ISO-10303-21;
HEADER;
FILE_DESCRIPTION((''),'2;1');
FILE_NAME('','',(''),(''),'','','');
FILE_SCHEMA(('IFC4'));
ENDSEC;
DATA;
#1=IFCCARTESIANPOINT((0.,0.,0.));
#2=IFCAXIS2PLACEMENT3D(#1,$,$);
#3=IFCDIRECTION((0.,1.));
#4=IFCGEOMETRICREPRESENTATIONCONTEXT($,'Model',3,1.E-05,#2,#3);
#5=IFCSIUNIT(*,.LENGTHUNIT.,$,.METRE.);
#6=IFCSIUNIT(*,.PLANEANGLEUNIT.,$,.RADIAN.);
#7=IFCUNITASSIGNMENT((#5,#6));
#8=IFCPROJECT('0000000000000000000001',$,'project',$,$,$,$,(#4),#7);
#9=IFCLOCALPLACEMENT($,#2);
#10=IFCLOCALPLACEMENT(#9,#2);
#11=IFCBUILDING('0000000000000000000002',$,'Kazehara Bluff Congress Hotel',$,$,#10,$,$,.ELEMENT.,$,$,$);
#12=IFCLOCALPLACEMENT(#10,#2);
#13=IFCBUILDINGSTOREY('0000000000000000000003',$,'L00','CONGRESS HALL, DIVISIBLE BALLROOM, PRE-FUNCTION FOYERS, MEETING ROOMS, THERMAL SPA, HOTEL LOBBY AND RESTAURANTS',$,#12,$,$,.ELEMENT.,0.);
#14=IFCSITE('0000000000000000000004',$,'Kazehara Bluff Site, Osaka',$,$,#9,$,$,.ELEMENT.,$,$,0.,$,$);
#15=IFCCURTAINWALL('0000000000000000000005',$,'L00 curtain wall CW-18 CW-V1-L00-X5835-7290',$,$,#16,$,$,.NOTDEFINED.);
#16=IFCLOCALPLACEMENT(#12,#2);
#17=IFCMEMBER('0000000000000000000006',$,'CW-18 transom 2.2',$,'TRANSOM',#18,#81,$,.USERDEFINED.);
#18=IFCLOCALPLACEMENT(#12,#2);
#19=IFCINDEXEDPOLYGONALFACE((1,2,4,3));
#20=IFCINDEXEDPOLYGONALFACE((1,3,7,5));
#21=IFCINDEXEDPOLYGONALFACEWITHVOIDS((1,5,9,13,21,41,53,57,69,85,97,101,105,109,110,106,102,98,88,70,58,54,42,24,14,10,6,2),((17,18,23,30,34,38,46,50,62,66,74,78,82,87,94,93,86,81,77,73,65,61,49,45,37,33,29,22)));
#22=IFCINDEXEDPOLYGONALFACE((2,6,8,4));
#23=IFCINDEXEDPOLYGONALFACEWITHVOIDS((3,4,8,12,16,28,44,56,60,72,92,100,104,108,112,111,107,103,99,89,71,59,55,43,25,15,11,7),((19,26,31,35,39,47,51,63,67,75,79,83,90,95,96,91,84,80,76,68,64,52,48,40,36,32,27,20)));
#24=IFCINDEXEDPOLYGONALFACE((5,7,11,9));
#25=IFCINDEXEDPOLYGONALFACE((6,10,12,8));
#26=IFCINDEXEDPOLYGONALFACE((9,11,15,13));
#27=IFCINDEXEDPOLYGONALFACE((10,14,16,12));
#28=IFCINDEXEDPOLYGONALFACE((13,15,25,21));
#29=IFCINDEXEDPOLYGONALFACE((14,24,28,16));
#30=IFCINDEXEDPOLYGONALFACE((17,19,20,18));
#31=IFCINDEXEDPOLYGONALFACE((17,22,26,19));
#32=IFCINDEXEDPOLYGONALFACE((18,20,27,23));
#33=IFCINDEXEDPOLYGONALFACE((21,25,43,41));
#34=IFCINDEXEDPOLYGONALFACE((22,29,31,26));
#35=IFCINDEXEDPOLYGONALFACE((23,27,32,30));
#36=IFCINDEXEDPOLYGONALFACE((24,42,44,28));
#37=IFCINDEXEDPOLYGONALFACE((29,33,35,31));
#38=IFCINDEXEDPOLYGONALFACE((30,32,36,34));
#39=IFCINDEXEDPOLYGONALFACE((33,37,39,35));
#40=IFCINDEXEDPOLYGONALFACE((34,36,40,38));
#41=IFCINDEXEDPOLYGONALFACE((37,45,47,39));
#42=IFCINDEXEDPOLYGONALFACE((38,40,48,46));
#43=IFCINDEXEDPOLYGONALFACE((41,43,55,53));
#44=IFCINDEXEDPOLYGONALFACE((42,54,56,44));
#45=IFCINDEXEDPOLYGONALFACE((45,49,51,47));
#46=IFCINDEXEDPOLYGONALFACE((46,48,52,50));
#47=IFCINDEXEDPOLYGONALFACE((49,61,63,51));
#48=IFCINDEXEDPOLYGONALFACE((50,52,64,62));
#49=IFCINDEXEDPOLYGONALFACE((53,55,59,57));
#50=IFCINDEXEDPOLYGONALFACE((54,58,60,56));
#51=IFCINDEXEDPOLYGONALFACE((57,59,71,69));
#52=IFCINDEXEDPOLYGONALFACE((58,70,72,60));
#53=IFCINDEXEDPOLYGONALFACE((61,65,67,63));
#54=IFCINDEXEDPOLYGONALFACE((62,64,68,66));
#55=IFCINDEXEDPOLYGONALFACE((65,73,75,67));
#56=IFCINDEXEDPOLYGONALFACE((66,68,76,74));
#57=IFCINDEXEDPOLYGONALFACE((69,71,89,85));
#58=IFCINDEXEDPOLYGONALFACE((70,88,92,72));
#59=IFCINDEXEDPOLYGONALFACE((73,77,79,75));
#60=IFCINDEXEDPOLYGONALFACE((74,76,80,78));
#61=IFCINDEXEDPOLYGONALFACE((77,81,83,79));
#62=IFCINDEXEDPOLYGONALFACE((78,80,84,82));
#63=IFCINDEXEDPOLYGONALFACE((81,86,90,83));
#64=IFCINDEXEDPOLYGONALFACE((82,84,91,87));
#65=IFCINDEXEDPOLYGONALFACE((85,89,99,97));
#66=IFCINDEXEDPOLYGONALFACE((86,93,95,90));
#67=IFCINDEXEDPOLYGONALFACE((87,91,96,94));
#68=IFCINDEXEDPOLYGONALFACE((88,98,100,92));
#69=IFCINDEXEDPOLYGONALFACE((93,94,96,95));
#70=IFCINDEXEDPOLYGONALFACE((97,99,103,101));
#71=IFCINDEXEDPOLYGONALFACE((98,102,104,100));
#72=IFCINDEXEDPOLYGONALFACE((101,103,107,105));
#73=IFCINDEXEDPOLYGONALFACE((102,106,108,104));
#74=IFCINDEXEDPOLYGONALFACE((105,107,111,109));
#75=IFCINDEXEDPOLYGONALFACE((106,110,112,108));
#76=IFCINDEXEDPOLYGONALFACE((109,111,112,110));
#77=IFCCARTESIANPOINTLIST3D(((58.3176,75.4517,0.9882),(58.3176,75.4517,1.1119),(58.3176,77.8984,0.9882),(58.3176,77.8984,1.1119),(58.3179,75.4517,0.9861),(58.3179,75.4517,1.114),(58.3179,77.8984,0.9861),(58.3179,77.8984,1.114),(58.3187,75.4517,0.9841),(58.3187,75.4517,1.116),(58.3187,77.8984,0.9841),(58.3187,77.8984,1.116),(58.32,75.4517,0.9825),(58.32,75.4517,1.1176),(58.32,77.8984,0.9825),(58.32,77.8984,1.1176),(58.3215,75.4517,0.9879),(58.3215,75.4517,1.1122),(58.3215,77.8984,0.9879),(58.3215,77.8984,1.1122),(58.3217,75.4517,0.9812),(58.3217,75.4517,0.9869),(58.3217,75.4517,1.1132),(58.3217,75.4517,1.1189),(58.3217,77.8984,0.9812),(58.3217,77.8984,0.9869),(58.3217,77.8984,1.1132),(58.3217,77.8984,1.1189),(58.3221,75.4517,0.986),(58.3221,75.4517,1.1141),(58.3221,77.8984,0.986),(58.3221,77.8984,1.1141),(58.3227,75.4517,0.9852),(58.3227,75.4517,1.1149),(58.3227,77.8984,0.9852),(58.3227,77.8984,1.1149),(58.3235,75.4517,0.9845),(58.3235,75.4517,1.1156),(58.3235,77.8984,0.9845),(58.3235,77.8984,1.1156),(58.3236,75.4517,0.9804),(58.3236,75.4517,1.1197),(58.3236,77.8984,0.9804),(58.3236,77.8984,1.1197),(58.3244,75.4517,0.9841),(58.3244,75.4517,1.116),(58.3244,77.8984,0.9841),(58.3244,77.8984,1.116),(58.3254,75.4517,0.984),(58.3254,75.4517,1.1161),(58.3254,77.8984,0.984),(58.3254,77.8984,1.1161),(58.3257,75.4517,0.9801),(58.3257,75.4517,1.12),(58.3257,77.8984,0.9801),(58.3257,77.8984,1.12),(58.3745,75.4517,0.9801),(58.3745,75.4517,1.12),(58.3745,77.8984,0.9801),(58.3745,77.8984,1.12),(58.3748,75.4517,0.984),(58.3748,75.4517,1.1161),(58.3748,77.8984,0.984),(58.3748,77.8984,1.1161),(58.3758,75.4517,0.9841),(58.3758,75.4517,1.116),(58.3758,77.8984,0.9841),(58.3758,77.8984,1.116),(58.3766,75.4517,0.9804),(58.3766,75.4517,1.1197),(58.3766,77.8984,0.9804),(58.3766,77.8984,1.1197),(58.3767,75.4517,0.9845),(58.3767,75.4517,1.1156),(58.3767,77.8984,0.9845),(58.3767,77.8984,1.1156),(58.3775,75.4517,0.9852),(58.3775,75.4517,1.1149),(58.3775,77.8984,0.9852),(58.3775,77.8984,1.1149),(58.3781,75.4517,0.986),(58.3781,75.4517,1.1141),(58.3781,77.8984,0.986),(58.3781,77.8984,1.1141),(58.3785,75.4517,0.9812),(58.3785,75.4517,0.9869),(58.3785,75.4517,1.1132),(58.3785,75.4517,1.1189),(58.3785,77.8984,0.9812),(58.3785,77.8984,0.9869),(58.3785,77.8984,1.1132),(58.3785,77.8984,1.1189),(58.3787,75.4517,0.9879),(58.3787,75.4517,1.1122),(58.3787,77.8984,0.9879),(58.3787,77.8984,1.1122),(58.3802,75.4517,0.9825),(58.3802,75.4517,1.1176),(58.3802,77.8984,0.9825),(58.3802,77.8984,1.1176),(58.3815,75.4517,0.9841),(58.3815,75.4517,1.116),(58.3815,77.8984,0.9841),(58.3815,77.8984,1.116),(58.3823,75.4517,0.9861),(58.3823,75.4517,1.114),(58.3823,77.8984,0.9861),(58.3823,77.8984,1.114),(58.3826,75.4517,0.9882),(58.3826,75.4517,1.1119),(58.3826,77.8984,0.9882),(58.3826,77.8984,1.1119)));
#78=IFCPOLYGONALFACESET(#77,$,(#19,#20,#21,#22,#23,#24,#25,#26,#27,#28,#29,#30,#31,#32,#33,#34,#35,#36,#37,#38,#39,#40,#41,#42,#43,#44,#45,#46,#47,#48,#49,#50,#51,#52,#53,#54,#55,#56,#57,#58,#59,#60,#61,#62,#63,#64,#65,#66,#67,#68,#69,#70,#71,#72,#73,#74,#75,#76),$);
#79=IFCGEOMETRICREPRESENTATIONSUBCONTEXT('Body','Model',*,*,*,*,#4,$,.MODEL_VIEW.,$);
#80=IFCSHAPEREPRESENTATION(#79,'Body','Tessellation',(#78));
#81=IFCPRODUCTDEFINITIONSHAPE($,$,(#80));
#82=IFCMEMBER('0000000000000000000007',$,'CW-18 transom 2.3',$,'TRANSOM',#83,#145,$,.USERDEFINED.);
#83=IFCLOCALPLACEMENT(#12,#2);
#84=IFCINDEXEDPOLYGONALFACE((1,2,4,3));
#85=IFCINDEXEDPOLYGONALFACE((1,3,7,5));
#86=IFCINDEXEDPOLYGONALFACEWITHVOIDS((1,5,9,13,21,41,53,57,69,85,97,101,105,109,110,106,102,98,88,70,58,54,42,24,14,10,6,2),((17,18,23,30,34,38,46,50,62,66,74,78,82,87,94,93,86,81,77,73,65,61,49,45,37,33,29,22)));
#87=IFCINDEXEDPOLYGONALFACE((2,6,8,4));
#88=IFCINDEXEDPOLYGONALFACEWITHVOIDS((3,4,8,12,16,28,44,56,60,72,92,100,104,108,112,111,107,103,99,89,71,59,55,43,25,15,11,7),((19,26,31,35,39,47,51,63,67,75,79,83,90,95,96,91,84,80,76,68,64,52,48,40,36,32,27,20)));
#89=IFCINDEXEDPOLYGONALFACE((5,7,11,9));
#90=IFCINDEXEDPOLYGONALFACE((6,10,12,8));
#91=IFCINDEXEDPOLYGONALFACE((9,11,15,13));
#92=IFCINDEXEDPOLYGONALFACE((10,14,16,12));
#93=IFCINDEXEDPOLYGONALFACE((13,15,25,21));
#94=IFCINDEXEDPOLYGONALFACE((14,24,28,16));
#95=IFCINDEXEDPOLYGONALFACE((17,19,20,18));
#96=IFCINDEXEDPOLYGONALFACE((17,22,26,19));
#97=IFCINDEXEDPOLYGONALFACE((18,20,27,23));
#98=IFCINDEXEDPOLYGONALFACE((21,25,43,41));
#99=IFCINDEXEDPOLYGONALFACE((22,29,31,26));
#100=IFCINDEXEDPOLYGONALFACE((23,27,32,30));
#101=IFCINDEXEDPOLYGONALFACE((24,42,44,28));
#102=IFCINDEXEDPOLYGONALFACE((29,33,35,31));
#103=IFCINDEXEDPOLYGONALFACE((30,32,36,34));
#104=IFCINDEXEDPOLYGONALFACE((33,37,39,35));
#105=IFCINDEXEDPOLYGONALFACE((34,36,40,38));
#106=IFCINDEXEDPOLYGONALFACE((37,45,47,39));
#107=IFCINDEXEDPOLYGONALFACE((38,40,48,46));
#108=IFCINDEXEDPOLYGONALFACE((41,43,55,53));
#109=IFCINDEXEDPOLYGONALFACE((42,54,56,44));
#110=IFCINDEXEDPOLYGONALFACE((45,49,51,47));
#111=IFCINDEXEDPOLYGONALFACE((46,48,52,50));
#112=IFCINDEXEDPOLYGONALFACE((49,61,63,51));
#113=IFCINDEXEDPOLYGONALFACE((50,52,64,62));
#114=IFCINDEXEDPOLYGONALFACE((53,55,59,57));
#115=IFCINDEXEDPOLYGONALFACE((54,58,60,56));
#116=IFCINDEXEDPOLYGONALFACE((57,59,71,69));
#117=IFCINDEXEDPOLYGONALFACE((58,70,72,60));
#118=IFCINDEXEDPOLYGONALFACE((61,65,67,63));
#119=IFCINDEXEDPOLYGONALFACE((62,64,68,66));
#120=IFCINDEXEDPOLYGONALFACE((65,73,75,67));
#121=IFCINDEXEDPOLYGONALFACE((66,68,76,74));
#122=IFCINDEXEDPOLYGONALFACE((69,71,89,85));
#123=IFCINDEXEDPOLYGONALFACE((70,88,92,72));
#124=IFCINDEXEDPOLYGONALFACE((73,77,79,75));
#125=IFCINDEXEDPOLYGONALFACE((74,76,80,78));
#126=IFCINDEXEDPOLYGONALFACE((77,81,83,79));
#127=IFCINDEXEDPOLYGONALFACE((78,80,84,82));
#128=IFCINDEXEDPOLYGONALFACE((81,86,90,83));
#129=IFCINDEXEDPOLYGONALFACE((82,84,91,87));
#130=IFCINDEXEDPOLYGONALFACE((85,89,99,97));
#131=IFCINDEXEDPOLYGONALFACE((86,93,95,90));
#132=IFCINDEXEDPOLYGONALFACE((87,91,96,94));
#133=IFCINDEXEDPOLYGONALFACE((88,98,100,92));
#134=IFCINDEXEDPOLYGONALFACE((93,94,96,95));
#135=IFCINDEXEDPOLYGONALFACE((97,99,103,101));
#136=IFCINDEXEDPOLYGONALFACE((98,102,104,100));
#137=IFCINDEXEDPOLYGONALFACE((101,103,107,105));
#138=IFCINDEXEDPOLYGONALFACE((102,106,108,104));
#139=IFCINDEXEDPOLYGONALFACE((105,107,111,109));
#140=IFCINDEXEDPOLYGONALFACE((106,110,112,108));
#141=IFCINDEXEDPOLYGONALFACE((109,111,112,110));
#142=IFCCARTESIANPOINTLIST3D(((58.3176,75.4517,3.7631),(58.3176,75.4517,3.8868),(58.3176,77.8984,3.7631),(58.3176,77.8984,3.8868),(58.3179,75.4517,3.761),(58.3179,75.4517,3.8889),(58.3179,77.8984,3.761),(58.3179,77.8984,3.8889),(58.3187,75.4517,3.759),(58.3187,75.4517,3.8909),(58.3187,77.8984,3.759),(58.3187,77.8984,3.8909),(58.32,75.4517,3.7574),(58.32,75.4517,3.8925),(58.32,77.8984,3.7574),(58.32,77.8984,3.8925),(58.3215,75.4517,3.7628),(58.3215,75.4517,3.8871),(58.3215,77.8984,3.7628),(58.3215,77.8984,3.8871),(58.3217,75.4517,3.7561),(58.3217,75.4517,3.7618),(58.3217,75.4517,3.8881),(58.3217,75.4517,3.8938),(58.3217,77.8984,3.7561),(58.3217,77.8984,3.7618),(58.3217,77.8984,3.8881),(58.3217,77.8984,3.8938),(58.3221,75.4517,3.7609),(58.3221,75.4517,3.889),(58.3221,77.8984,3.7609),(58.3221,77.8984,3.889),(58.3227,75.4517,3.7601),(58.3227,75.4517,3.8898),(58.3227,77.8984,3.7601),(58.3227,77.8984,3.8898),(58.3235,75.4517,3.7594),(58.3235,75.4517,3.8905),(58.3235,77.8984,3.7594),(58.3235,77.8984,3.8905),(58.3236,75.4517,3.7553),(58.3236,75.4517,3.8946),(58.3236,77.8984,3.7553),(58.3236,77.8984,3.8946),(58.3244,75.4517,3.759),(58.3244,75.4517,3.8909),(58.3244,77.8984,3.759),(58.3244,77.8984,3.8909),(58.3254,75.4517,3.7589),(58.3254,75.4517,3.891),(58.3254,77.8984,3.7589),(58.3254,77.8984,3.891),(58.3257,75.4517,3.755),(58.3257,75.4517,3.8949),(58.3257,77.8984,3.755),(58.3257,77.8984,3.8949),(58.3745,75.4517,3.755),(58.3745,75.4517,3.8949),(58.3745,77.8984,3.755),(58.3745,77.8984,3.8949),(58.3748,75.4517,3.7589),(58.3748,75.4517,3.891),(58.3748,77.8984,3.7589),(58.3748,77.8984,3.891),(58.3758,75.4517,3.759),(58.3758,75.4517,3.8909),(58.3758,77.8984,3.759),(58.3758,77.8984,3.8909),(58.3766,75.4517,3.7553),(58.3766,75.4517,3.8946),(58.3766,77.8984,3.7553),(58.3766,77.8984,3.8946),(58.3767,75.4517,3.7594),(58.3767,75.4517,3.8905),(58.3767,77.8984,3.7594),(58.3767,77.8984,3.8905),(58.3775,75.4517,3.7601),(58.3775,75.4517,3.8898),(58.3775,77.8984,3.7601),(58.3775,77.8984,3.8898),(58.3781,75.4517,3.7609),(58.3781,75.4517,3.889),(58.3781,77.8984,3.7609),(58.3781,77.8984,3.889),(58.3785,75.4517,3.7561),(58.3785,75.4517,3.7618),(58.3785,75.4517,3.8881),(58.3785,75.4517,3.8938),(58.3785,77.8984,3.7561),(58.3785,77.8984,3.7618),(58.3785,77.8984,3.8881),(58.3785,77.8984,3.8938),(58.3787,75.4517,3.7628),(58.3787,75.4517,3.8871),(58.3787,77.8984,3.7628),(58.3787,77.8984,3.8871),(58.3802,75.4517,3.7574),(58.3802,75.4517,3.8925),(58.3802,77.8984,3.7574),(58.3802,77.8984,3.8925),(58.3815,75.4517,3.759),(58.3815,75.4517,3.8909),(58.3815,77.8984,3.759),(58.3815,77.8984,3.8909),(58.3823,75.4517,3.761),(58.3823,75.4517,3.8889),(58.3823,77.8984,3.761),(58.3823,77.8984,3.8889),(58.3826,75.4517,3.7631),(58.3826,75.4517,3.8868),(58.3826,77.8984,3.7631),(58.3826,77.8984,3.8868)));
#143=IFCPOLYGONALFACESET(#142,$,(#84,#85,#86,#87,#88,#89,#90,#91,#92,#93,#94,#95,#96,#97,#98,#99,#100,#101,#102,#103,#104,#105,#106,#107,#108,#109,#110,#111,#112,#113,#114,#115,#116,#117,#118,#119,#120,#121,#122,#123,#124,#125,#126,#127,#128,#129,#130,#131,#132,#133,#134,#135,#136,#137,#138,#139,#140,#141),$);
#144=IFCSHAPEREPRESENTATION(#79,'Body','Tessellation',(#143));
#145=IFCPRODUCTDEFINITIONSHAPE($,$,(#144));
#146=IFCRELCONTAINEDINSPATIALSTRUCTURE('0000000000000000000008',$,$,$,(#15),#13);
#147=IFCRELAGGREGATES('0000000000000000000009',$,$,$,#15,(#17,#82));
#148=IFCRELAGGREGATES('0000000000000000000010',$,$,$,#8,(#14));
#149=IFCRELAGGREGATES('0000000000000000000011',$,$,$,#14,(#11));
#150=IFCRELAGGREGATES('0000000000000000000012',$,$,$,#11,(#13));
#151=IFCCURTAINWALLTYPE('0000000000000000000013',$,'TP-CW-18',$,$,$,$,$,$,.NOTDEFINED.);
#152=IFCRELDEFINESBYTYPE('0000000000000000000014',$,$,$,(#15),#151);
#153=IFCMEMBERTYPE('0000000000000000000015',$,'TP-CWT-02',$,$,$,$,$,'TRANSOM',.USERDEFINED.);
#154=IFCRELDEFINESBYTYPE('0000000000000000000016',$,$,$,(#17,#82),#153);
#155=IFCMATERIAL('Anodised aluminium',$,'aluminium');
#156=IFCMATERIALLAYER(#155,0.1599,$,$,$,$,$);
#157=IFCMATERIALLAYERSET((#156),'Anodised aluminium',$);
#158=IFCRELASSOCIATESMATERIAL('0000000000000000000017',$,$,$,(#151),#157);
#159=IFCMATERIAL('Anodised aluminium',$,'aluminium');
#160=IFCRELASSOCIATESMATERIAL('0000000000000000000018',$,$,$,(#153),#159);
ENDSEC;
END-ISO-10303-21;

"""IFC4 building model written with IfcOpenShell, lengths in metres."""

from ifc_helpers import new_model, si_unit, direction, frame, origin, origin_2d, place, context, subcontext, project, spatial, hollow_rectangle, extrude, material, layer, layer_set, material_profile, profile_set, type_object, element, aggregate, save


model = new_model("IFC4")

# Units and contexts
model_context = context("Model", 3, precision=1e-05, world=origin(), true_north=direction((0.0, 1.0)))
body_context = subcontext(model_context, "Body", "Model", "MODEL_VIEW")
ifc_project = project(units=[si_unit("LENGTHUNIT", "METRE"), si_unit("PLANEANGLEUNIT", "RADIAN")], contexts=[model_context])

# Site, building, storey
site_placement = place(None, origin())
site = spatial("IfcSite", under=ifc_project, at=site_placement, Name="Kazehara Bluff Site, Osaka", CompositionType="ELEMENT", RefElevation=0.0)
building_placement = place(site_placement, origin())
building = spatial("IfcBuilding", under=site, at=building_placement, Name="Kazehara Bluff Congress Hotel", CompositionType="ELEMENT")
storey_placement = place(building_placement, origin())
storey = spatial("IfcBuildingStorey", under=building, at=storey_placement, Name="L00", Description="CONGRESS HALL, DIVISIBLE BALLROOM, PRE-FUNCTION FOYERS, MEETING ROOMS, THERMAL SPA, HOTEL LOBBY AND RESTAURANTS", CompositionType="ELEMENT", Elevation=0.0)

# Curtain wall
ifc_material_1 = material(Name="Anodised aluminium", Category="aluminium")
ifc_layer_1 = layer(ifc_material_1, 0.1599)
ifc_layer_set_1 = layer_set([ifc_layer_1], Name="Anodised aluminium")
curtain_wall_type_1 = type_object("IfcCurtainWallType", Name="TP-CW-18", PredefinedType="NOTDEFINED", material=ifc_layer_set_1)
curtain_wall_1_placement = place(storey_placement, origin())
curtain_wall_1 = element("IfcCurtainWall", 1, at=curtain_wall_1_placement, inside=storey, type_object=curtain_wall_type_1, Name="L00 curtain wall CW-18 CW-V1-L00-X5835-7290", PredefinedType="NOTDEFINED")

# Members
ifc_material_2 = material(Name="Anodised aluminium", Category="aluminium")
ifc_material_profile_1 = material_profile(ifc_material_2, hollow_rectangle(XDim=0.0649, YDim=0.1399, WallThickness=0.0039, InnerFilletRadius=0.0039, OuterFilletRadius=0.0081, at=origin_2d()))
ifc_profile_set_1 = profile_set([ifc_material_profile_1], Name="Anodised aluminium")
member_type_1 = type_object("IfcMemberType", Name="TP-CWT-02", ElementType="TRANSOM", PredefinedType="USERDEFINED", material=ifc_profile_set_1)
member_1_placement = place(storey_placement, frame((58.3501, 75.4517, 1.05), z_axis=(0.0, 1.0, 0.0), x_axis=(-1.0, 0.0, 0.0)))
member_1 = element("IfcMember", 2, at=member_1_placement, type_object=member_type_1, Name="CW-18 transom 2.2", ObjectType="TRANSOM", PredefinedType="USERDEFINED", context=body_context, shape_type="SweptSolid", body=[
    extrude(hollow_rectangle(XDim=0.0649, YDim=0.1399, WallThickness=0.0039, InnerFilletRadius=0.0039, OuterFilletRadius=0.0081, at=origin_2d()), origin(), (0.0, 0.0, 1.0), 2.4468),
])
member_2_placement = place(storey_placement, frame((58.3501, 75.4517, 3.825), z_axis=(0.0, 1.0, 0.0), x_axis=(-1.0, 0.0, 0.0)))
member_2 = element("IfcMember", 3, at=member_2_placement, type_object=member_type_1, Name="CW-18 transom 2.3", ObjectType="TRANSOM", PredefinedType="USERDEFINED", context=body_context, shape_type="SweptSolid", body=[
    extrude(hollow_rectangle(XDim=0.0649, YDim=0.1399, WallThickness=0.0039, InnerFilletRadius=0.0039, OuterFilletRadius=0.0081, at=origin_2d()), origin(), (0.0, 0.0, 1.0), 2.4468),
])

aggregate(curtain_wall_1, [member_1, member_2])

save(model, "model.ifc")
